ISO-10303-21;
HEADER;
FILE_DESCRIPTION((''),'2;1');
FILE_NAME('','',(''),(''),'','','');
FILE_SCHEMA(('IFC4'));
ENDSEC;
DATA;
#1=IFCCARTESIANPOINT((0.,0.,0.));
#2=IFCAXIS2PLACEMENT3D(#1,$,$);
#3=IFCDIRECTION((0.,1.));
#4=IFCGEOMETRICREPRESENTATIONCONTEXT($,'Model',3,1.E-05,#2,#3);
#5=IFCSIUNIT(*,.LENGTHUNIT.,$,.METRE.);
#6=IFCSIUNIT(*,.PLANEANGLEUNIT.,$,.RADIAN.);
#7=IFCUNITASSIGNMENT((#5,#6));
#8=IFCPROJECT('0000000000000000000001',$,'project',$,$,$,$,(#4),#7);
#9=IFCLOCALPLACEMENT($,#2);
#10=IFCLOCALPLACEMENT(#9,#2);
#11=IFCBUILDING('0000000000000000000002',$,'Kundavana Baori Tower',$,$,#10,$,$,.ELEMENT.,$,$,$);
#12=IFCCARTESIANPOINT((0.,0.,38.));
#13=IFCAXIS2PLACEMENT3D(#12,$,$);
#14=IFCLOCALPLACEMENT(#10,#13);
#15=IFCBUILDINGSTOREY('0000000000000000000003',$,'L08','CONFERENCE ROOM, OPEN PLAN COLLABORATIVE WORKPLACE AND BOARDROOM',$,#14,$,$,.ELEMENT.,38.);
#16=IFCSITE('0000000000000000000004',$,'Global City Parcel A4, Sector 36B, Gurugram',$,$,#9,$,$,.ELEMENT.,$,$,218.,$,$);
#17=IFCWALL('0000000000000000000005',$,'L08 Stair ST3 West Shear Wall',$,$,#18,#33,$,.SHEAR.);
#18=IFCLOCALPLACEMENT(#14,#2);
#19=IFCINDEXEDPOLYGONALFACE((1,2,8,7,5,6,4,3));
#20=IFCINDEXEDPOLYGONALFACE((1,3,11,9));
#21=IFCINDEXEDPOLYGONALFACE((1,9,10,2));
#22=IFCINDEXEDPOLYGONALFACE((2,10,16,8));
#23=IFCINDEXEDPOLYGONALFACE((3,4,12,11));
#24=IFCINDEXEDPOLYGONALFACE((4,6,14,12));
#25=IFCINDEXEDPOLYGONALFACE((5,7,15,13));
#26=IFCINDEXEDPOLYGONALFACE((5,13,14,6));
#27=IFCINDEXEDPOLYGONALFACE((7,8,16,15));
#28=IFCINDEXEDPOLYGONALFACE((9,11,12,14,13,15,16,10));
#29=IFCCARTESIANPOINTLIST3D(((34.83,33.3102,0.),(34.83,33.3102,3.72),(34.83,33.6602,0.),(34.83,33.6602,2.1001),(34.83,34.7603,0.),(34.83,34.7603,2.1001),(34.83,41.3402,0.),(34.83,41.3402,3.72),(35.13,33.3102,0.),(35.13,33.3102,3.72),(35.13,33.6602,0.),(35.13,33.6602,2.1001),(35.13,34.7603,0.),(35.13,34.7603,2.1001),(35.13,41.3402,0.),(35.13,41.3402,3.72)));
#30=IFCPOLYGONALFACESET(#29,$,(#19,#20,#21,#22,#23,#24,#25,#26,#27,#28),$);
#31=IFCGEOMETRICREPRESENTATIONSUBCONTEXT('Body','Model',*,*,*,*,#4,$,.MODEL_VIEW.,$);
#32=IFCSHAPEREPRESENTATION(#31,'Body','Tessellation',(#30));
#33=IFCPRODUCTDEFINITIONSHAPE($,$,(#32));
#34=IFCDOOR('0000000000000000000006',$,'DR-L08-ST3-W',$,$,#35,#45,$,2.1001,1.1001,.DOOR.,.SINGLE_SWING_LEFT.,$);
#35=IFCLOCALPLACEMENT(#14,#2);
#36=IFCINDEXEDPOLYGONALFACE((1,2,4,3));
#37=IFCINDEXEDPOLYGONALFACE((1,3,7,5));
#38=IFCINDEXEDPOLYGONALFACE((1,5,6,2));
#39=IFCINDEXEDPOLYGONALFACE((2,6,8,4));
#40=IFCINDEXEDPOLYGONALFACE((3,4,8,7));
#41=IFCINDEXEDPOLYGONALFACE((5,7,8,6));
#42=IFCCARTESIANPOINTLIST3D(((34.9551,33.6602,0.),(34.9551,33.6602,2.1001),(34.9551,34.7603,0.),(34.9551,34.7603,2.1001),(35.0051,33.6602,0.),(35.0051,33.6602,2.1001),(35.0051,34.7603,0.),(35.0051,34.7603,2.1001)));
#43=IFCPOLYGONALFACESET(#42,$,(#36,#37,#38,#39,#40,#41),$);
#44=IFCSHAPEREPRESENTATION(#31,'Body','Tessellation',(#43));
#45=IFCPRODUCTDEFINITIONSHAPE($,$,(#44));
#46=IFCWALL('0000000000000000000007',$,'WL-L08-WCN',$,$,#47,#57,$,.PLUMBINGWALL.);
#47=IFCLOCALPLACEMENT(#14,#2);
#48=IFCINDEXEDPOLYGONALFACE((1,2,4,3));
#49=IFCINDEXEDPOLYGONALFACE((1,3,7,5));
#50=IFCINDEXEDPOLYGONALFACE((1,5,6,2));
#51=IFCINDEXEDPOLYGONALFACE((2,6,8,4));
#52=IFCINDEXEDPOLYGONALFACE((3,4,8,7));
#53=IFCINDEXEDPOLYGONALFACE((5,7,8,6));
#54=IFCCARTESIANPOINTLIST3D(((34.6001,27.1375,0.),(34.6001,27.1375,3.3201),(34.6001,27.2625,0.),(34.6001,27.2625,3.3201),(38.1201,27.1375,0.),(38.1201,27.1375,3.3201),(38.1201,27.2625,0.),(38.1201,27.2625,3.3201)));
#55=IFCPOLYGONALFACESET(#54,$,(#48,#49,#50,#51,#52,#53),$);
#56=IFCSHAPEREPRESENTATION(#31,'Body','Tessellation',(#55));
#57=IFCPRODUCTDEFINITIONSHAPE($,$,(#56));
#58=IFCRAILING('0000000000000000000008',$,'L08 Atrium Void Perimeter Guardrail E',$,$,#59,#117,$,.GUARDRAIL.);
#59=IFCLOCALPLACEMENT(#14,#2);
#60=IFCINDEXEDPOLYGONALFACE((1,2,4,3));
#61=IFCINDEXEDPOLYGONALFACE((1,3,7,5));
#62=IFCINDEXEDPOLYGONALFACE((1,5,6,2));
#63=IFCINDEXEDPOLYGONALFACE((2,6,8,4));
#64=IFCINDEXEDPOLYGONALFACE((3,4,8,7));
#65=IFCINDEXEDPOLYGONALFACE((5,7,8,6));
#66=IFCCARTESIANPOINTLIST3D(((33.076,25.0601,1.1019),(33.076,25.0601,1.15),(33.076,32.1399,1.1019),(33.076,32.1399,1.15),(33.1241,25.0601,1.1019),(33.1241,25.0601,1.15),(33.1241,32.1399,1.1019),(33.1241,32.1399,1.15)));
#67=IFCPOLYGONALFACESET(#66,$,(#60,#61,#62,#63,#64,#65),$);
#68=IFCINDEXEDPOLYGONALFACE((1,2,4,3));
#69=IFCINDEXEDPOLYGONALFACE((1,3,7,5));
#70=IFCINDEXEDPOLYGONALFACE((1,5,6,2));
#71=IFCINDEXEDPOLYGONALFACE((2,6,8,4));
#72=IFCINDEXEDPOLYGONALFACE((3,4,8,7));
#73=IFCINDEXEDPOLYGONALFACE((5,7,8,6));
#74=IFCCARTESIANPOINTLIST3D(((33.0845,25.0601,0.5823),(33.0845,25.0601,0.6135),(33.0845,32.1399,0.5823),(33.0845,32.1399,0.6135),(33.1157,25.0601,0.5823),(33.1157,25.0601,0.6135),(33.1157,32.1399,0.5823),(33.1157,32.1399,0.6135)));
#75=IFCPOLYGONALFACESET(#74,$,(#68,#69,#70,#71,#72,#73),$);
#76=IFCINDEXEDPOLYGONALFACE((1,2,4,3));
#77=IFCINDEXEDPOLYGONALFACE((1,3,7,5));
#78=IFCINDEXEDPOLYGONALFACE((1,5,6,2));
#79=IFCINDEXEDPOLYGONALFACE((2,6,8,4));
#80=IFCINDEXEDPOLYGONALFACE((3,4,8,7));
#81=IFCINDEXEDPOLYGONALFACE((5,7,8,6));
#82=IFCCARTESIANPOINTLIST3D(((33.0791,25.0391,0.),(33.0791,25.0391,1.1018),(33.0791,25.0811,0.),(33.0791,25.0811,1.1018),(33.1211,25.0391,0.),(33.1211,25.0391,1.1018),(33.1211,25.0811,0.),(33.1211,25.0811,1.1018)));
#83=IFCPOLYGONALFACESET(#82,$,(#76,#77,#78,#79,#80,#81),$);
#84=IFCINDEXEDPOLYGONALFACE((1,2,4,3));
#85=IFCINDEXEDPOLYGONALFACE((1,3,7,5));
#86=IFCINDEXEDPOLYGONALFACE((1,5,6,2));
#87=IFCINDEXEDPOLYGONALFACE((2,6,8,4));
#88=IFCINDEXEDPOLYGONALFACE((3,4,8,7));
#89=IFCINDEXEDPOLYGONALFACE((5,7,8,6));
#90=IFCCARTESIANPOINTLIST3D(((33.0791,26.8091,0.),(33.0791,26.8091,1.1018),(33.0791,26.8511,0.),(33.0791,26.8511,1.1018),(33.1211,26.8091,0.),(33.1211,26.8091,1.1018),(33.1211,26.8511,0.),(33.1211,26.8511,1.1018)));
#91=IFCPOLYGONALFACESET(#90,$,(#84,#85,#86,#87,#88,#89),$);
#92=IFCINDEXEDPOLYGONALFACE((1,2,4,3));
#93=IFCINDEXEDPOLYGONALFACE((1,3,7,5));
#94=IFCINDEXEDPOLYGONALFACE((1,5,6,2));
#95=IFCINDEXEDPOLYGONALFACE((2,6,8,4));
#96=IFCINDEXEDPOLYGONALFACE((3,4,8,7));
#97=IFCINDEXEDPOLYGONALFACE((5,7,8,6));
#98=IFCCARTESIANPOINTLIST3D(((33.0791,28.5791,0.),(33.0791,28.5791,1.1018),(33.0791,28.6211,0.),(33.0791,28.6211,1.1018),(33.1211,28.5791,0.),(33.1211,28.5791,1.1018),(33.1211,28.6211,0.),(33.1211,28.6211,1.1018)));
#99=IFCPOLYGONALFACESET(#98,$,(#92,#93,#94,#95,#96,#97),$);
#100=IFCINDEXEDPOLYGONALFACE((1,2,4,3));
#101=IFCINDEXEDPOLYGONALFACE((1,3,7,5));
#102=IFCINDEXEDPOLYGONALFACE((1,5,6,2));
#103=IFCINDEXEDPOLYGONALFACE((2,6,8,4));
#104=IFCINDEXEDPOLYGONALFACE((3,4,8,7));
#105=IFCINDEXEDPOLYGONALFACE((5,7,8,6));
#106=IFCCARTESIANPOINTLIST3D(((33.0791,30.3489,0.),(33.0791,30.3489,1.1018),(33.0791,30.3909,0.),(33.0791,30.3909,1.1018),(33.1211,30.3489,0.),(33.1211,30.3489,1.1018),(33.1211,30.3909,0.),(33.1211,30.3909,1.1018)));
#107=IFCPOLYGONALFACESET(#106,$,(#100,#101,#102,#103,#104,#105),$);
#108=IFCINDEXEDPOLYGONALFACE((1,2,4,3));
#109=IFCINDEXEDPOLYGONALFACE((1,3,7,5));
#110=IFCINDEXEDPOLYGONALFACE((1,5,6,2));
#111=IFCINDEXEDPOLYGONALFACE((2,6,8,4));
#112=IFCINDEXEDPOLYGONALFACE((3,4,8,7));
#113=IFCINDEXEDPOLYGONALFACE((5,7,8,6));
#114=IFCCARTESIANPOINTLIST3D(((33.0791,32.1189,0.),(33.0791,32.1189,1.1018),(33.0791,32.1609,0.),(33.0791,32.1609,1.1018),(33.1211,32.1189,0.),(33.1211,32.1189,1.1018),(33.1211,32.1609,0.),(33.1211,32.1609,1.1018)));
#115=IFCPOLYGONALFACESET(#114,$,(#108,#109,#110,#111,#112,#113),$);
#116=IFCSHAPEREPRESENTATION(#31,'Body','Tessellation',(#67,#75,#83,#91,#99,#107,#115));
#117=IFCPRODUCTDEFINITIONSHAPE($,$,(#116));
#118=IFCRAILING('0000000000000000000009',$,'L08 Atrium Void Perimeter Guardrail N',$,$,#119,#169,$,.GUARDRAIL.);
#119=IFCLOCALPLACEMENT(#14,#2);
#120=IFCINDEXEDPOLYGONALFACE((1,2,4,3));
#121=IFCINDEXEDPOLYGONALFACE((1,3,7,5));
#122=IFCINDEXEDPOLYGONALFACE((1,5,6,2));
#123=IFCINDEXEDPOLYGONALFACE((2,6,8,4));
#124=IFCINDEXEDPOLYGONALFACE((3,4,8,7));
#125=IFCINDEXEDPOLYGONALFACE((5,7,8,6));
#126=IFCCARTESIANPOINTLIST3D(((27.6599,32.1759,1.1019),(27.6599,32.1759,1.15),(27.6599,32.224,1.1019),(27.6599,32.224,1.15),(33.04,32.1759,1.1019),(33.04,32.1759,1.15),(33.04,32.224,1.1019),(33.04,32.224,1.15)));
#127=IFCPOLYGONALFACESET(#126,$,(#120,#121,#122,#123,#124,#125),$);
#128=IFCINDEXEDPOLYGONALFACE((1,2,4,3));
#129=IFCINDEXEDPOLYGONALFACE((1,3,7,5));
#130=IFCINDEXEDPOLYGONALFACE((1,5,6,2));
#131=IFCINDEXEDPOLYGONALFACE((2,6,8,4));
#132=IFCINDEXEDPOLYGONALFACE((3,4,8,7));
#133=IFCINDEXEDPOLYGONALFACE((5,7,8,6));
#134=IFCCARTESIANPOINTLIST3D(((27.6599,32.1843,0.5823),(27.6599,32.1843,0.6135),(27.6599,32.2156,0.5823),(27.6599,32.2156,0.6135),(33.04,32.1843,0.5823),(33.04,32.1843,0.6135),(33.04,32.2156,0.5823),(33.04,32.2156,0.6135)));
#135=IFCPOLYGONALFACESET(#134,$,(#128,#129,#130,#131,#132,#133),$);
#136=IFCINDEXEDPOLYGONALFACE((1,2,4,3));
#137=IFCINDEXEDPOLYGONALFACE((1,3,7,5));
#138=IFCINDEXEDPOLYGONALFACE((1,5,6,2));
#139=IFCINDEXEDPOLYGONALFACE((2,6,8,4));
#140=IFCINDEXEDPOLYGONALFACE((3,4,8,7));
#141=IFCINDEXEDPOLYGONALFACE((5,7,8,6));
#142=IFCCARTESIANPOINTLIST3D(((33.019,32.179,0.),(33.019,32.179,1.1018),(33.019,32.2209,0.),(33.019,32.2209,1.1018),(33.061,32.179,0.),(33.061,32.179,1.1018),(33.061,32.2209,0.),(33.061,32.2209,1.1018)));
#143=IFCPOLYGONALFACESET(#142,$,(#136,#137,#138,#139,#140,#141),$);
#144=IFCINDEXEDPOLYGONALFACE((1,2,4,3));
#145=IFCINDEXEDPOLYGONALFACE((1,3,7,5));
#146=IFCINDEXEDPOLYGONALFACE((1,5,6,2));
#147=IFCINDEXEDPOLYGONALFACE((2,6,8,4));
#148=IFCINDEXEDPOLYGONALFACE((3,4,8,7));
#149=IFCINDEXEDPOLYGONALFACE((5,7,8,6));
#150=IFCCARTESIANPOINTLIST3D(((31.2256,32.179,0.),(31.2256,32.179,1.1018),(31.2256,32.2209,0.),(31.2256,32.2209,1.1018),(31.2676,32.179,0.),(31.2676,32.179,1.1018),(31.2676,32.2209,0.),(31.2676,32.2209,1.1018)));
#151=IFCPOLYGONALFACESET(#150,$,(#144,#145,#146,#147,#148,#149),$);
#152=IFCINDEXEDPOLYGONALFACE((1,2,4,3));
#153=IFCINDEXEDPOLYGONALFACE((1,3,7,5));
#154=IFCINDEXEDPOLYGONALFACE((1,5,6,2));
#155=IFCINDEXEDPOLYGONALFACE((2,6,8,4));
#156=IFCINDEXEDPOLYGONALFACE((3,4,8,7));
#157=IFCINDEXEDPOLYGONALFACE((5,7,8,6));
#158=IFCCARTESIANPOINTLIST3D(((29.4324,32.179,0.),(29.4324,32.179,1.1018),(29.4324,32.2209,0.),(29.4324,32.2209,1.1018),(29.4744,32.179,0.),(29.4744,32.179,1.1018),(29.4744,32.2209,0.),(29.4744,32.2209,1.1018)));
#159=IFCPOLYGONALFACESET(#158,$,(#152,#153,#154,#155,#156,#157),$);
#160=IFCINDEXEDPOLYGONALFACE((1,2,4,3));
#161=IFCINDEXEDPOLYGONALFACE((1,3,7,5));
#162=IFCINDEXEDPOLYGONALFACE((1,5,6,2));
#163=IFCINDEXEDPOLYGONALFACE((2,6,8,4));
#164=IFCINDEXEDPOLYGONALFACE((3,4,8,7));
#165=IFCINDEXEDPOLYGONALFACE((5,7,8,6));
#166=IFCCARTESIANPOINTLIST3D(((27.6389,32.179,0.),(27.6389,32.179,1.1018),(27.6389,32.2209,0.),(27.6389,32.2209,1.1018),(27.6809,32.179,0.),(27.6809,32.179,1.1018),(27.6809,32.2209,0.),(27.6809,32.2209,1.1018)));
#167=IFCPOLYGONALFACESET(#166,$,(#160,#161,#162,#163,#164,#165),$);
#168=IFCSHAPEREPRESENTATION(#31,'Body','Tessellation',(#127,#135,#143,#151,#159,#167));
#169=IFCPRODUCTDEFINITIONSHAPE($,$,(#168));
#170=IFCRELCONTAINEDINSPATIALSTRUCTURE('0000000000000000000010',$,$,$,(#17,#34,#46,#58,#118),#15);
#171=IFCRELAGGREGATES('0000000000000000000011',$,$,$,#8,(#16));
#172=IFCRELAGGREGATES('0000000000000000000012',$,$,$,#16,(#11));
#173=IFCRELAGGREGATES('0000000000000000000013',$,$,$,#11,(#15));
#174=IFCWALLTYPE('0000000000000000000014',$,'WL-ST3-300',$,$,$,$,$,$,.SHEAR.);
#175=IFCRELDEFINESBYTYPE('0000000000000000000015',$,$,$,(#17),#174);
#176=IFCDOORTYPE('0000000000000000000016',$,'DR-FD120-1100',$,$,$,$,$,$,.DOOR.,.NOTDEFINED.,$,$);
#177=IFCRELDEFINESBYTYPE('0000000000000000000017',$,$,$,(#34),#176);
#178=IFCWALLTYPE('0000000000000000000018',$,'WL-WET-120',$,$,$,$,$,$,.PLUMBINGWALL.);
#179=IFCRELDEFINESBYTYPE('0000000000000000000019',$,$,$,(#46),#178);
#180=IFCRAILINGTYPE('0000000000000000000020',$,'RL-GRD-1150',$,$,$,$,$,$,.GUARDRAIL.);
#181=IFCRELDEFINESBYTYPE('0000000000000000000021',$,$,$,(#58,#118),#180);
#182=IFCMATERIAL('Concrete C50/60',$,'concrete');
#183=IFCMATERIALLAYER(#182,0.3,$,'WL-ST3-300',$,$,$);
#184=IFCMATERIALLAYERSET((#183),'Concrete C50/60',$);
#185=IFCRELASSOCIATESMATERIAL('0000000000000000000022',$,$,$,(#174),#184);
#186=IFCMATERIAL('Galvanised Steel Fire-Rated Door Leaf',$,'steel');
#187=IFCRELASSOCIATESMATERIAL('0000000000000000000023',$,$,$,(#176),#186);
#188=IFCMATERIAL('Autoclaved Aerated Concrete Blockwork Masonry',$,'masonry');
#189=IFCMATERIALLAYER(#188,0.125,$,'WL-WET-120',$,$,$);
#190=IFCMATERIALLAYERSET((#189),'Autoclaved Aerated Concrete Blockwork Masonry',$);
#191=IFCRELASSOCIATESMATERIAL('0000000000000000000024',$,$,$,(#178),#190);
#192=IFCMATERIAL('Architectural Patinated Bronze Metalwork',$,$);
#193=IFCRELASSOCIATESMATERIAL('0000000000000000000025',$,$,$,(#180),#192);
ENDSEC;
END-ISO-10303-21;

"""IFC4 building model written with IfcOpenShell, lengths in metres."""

from ifc_helpers import new_model, si_unit, direction, frame, frame_2d, origin, origin_2d, place, context, subcontext, project, spatial, rectangle, extrude, material, layer, layer_set, type_object, element, fill, save


model = new_model("IFC4")

# Units and contexts
model_context = context("Model", 3, precision=1e-05, world=origin(), true_north=direction((0.0, 1.0)))
body_context = subcontext(model_context, "Body", "Model", "MODEL_VIEW")
ifc_project = project(units=[si_unit("LENGTHUNIT", "METRE"), si_unit("PLANEANGLEUNIT", "RADIAN")], contexts=[model_context])

# Site, building, storey
site_placement = place(None, origin())
site = spatial("IfcSite", under=ifc_project, at=site_placement, Name="Global City Parcel A4, Sector 36B, Gurugram", CompositionType="ELEMENT", RefElevation=218.0)
building_placement = place(site_placement, origin())
building = spatial("IfcBuilding", under=site, at=building_placement, Name="Kundavana Baori Tower", CompositionType="ELEMENT")
storey_placement = place(building_placement, frame((0.0, 0.0, 38.0)))
storey = spatial("IfcBuildingStorey", under=building, at=storey_placement, Name="L08", Description="CONFERENCE ROOM, OPEN PLAN COLLABORATIVE WORKPLACE AND BOARDROOM", CompositionType="ELEMENT", Elevation=38.0)

# Shared definitions
ifc_material_1 = material(Name="Concrete C50/60", Category="concrete")
ifc_layer_1 = layer(ifc_material_1, 0.3, Name="WL-ST3-300")
ifc_layer_set_1 = layer_set([ifc_layer_1], Name="Concrete C50/60")
wall_type_1 = type_object("IfcWallType", Name="WL-ST3-300", PredefinedType="SHEAR", material=ifc_layer_set_1)

# Wall, opening, door
wall_1_placement = place(storey_placement, frame((34.98, 33.3101, 0.0), z_axis=(0.0, 0.0, 1.0), x_axis=(0.0, 1.0, 0.0)))
wall_1 = element("IfcWall", 1, at=wall_1_placement, inside=storey, type_object=wall_type_1, Name="L08 Stair ST3 West Shear Wall", PredefinedType="SHEAR", context=body_context, shape_type="SweptSolid", body=[
    extrude(rectangle(XDim=8.03, YDim=0.3, at=frame_2d((4.0151, 0.0))), origin(), (0.0, 0.0, 1.0), 3.72),
])
opening_1_placement = place(wall_1_placement, frame((0.3501, 0.0, 0.0)))
opening_1 = element("IfcOpeningElement", 2, at=opening_1_placement, cuts=wall_1, PredefinedType="OPENING", context=body_context, shape_type="SweptSolid", body=[
    extrude(rectangle(XDim=1.1001, YDim=2.1001, at=frame_2d((0.55, 1.05))), frame((0.0, 0.1602, 0.0), z_axis=(0.0, -1.0, 0.0), x_axis=(1.0, 0.0, 0.0)), (0.0, 0.0, 1.0), 0.3201),
])
ifc_material_2 = material(Name="Galvanised Steel Fire-Rated Door Leaf", Category="steel")
door_type_1 = type_object("IfcDoorType", Name="DR-FD120-1100", OperationType="NOTDEFINED", PredefinedType="DOOR", material=ifc_material_2)
door_1_placement = place(opening_1_placement, origin())
door_1 = element("IfcDoor", 3, at=door_1_placement, inside=storey, type_object=door_type_1, Name="DR-L08-ST3-W", OperationType="SINGLE_SWING_LEFT", OverallHeight=2.1001, OverallWidth=1.1001, PredefinedType="DOOR", context=body_context, shape_type="SweptSolid", body=[
    extrude(rectangle(XDim=1.1001, YDim=2.1001, at=frame_2d((0.55, 1.05))), frame((0.0, 0.0249, 0.0), z_axis=(0.0, -1.0, 0.0), x_axis=(1.0, 0.0, 0.0)), (0.0, 0.0, 1.0), 0.05),
])
fill(opening_1, door_1)

# Wall
ifc_material_3 = material(Name="Autoclaved Aerated Concrete Blockwork Masonry", Category="masonry")
ifc_layer_2 = layer(ifc_material_3, 0.125, Name="WL-WET-120")
ifc_layer_set_2 = layer_set([ifc_layer_2], Name="Autoclaved Aerated Concrete Blockwork Masonry")
wall_type_2 = type_object("IfcWallType", Name="WL-WET-120", PredefinedType="PLUMBINGWALL", material=ifc_layer_set_2)
wall_2_placement = place(storey_placement, frame((34.6001, 27.2, 0.0), z_axis=(0.0, 0.0, 1.0), x_axis=(1.0, 0.0, 0.0)))
element("IfcWall", 4, at=wall_2_placement, inside=storey, type_object=wall_type_2, Name="WL-L08-WCN", PredefinedType="PLUMBINGWALL", context=body_context, shape_type="SweptSolid", body=[
    extrude(rectangle(XDim=3.52, YDim=0.125, at=frame_2d((1.76, 0.0))), origin(), (0.0, 0.0, 1.0), 3.3201),
])

# Railings
ifc_material_4 = material(Name="Architectural Patinated Bronze Metalwork")
railing_type = type_object("IfcRailingType", Name="RL-GRD-1150", PredefinedType="GUARDRAIL", material=ifc_material_4)
railing_1_placement = place(storey_placement, frame((33.1001, 25.0601, 0.0)))
element("IfcRailing", 5, at=railing_1_placement, inside=storey, type_object=railing_type, Name="L08 Atrium Void Perimeter Guardrail E", PredefinedType="GUARDRAIL", context=body_context, shape_type="SweptSolid", body=[
    extrude(rectangle(XDim=0.0481, YDim=0.0481, at=origin_2d()), frame((0.0, 0.0, 1.126), z_axis=(0.0, 1.0, 0.0), x_axis=(-1.0, 0.0, 0.0)), (0.0, 0.0, 1.0), 7.0798),
    extrude(rectangle(XDim=0.0312, YDim=0.0312, at=origin_2d()), frame((0.0, 0.0, 0.5979), z_axis=(0.0, 1.0, 0.0), x_axis=(-1.0, 0.0, 0.0)), (0.0, 0.0, 1.0), 7.0798),
    extrude(rectangle(XDim=0.042, YDim=0.042, at=origin_2d()), origin(), (0.0, 0.0, 1.0), 1.1018),
    extrude(rectangle(XDim=0.042, YDim=0.042, at=origin_2d()), frame((0.0, 1.77, 0.0)), (0.0, 0.0, 1.0), 1.1018),
    extrude(rectangle(XDim=0.042, YDim=0.042, at=origin_2d()), frame((0.0, 3.54, 0.0)), (0.0, 0.0, 1.0), 1.1018),
    extrude(rectangle(XDim=0.042, YDim=0.042, at=origin_2d()), frame((0.0, 5.3098, 0.0)), (0.0, 0.0, 1.0), 1.1018),
    extrude(rectangle(XDim=0.042, YDim=0.042, at=origin_2d()), frame((0.0, 7.0798, 0.0)), (0.0, 0.0, 1.0), 1.1018),
])
railing_2_placement = place(storey_placement, frame((33.04, 32.2, 0.0)))
element("IfcRailing", 6, at=railing_2_placement, inside=storey, type_object=railing_type, Name="L08 Atrium Void Perimeter Guardrail N", PredefinedType="GUARDRAIL", context=body_context, shape_type="SweptSolid", body=[
    extrude(rectangle(XDim=0.0481, YDim=0.0481, at=origin_2d()), frame((0.0, 0.0, 1.126), z_axis=(-1.0, 0.0, 0.0), x_axis=(0.0, -1.0, 0.0)), (0.0, 0.0, 1.0), 5.3801),
    extrude(rectangle(XDim=0.0312, YDim=0.0312, at=origin_2d()), frame((0.0, 0.0, 0.5979), z_axis=(-1.0, 0.0, 0.0), x_axis=(0.0, -1.0, 0.0)), (0.0, 0.0, 1.0), 5.3801),
    extrude(rectangle(XDim=0.042, YDim=0.042, at=origin_2d()), origin(), (0.0, 0.0, 1.0), 1.1018),
    extrude(rectangle(XDim=0.042, YDim=0.042, at=origin_2d()), frame((-1.7935, 0.0, 0.0)), (0.0, 0.0, 1.0), 1.1018),
    extrude(rectangle(XDim=0.042, YDim=0.042, at=origin_2d()), frame((-3.5867, 0.0, 0.0)), (0.0, 0.0, 1.0), 1.1018),
    extrude(rectangle(XDim=0.042, YDim=0.042, at=origin_2d()), frame((-5.3801, 0.0, 0.0)), (0.0, 0.0, 1.0), 1.1018),
])

save(model, "model.ifc")
